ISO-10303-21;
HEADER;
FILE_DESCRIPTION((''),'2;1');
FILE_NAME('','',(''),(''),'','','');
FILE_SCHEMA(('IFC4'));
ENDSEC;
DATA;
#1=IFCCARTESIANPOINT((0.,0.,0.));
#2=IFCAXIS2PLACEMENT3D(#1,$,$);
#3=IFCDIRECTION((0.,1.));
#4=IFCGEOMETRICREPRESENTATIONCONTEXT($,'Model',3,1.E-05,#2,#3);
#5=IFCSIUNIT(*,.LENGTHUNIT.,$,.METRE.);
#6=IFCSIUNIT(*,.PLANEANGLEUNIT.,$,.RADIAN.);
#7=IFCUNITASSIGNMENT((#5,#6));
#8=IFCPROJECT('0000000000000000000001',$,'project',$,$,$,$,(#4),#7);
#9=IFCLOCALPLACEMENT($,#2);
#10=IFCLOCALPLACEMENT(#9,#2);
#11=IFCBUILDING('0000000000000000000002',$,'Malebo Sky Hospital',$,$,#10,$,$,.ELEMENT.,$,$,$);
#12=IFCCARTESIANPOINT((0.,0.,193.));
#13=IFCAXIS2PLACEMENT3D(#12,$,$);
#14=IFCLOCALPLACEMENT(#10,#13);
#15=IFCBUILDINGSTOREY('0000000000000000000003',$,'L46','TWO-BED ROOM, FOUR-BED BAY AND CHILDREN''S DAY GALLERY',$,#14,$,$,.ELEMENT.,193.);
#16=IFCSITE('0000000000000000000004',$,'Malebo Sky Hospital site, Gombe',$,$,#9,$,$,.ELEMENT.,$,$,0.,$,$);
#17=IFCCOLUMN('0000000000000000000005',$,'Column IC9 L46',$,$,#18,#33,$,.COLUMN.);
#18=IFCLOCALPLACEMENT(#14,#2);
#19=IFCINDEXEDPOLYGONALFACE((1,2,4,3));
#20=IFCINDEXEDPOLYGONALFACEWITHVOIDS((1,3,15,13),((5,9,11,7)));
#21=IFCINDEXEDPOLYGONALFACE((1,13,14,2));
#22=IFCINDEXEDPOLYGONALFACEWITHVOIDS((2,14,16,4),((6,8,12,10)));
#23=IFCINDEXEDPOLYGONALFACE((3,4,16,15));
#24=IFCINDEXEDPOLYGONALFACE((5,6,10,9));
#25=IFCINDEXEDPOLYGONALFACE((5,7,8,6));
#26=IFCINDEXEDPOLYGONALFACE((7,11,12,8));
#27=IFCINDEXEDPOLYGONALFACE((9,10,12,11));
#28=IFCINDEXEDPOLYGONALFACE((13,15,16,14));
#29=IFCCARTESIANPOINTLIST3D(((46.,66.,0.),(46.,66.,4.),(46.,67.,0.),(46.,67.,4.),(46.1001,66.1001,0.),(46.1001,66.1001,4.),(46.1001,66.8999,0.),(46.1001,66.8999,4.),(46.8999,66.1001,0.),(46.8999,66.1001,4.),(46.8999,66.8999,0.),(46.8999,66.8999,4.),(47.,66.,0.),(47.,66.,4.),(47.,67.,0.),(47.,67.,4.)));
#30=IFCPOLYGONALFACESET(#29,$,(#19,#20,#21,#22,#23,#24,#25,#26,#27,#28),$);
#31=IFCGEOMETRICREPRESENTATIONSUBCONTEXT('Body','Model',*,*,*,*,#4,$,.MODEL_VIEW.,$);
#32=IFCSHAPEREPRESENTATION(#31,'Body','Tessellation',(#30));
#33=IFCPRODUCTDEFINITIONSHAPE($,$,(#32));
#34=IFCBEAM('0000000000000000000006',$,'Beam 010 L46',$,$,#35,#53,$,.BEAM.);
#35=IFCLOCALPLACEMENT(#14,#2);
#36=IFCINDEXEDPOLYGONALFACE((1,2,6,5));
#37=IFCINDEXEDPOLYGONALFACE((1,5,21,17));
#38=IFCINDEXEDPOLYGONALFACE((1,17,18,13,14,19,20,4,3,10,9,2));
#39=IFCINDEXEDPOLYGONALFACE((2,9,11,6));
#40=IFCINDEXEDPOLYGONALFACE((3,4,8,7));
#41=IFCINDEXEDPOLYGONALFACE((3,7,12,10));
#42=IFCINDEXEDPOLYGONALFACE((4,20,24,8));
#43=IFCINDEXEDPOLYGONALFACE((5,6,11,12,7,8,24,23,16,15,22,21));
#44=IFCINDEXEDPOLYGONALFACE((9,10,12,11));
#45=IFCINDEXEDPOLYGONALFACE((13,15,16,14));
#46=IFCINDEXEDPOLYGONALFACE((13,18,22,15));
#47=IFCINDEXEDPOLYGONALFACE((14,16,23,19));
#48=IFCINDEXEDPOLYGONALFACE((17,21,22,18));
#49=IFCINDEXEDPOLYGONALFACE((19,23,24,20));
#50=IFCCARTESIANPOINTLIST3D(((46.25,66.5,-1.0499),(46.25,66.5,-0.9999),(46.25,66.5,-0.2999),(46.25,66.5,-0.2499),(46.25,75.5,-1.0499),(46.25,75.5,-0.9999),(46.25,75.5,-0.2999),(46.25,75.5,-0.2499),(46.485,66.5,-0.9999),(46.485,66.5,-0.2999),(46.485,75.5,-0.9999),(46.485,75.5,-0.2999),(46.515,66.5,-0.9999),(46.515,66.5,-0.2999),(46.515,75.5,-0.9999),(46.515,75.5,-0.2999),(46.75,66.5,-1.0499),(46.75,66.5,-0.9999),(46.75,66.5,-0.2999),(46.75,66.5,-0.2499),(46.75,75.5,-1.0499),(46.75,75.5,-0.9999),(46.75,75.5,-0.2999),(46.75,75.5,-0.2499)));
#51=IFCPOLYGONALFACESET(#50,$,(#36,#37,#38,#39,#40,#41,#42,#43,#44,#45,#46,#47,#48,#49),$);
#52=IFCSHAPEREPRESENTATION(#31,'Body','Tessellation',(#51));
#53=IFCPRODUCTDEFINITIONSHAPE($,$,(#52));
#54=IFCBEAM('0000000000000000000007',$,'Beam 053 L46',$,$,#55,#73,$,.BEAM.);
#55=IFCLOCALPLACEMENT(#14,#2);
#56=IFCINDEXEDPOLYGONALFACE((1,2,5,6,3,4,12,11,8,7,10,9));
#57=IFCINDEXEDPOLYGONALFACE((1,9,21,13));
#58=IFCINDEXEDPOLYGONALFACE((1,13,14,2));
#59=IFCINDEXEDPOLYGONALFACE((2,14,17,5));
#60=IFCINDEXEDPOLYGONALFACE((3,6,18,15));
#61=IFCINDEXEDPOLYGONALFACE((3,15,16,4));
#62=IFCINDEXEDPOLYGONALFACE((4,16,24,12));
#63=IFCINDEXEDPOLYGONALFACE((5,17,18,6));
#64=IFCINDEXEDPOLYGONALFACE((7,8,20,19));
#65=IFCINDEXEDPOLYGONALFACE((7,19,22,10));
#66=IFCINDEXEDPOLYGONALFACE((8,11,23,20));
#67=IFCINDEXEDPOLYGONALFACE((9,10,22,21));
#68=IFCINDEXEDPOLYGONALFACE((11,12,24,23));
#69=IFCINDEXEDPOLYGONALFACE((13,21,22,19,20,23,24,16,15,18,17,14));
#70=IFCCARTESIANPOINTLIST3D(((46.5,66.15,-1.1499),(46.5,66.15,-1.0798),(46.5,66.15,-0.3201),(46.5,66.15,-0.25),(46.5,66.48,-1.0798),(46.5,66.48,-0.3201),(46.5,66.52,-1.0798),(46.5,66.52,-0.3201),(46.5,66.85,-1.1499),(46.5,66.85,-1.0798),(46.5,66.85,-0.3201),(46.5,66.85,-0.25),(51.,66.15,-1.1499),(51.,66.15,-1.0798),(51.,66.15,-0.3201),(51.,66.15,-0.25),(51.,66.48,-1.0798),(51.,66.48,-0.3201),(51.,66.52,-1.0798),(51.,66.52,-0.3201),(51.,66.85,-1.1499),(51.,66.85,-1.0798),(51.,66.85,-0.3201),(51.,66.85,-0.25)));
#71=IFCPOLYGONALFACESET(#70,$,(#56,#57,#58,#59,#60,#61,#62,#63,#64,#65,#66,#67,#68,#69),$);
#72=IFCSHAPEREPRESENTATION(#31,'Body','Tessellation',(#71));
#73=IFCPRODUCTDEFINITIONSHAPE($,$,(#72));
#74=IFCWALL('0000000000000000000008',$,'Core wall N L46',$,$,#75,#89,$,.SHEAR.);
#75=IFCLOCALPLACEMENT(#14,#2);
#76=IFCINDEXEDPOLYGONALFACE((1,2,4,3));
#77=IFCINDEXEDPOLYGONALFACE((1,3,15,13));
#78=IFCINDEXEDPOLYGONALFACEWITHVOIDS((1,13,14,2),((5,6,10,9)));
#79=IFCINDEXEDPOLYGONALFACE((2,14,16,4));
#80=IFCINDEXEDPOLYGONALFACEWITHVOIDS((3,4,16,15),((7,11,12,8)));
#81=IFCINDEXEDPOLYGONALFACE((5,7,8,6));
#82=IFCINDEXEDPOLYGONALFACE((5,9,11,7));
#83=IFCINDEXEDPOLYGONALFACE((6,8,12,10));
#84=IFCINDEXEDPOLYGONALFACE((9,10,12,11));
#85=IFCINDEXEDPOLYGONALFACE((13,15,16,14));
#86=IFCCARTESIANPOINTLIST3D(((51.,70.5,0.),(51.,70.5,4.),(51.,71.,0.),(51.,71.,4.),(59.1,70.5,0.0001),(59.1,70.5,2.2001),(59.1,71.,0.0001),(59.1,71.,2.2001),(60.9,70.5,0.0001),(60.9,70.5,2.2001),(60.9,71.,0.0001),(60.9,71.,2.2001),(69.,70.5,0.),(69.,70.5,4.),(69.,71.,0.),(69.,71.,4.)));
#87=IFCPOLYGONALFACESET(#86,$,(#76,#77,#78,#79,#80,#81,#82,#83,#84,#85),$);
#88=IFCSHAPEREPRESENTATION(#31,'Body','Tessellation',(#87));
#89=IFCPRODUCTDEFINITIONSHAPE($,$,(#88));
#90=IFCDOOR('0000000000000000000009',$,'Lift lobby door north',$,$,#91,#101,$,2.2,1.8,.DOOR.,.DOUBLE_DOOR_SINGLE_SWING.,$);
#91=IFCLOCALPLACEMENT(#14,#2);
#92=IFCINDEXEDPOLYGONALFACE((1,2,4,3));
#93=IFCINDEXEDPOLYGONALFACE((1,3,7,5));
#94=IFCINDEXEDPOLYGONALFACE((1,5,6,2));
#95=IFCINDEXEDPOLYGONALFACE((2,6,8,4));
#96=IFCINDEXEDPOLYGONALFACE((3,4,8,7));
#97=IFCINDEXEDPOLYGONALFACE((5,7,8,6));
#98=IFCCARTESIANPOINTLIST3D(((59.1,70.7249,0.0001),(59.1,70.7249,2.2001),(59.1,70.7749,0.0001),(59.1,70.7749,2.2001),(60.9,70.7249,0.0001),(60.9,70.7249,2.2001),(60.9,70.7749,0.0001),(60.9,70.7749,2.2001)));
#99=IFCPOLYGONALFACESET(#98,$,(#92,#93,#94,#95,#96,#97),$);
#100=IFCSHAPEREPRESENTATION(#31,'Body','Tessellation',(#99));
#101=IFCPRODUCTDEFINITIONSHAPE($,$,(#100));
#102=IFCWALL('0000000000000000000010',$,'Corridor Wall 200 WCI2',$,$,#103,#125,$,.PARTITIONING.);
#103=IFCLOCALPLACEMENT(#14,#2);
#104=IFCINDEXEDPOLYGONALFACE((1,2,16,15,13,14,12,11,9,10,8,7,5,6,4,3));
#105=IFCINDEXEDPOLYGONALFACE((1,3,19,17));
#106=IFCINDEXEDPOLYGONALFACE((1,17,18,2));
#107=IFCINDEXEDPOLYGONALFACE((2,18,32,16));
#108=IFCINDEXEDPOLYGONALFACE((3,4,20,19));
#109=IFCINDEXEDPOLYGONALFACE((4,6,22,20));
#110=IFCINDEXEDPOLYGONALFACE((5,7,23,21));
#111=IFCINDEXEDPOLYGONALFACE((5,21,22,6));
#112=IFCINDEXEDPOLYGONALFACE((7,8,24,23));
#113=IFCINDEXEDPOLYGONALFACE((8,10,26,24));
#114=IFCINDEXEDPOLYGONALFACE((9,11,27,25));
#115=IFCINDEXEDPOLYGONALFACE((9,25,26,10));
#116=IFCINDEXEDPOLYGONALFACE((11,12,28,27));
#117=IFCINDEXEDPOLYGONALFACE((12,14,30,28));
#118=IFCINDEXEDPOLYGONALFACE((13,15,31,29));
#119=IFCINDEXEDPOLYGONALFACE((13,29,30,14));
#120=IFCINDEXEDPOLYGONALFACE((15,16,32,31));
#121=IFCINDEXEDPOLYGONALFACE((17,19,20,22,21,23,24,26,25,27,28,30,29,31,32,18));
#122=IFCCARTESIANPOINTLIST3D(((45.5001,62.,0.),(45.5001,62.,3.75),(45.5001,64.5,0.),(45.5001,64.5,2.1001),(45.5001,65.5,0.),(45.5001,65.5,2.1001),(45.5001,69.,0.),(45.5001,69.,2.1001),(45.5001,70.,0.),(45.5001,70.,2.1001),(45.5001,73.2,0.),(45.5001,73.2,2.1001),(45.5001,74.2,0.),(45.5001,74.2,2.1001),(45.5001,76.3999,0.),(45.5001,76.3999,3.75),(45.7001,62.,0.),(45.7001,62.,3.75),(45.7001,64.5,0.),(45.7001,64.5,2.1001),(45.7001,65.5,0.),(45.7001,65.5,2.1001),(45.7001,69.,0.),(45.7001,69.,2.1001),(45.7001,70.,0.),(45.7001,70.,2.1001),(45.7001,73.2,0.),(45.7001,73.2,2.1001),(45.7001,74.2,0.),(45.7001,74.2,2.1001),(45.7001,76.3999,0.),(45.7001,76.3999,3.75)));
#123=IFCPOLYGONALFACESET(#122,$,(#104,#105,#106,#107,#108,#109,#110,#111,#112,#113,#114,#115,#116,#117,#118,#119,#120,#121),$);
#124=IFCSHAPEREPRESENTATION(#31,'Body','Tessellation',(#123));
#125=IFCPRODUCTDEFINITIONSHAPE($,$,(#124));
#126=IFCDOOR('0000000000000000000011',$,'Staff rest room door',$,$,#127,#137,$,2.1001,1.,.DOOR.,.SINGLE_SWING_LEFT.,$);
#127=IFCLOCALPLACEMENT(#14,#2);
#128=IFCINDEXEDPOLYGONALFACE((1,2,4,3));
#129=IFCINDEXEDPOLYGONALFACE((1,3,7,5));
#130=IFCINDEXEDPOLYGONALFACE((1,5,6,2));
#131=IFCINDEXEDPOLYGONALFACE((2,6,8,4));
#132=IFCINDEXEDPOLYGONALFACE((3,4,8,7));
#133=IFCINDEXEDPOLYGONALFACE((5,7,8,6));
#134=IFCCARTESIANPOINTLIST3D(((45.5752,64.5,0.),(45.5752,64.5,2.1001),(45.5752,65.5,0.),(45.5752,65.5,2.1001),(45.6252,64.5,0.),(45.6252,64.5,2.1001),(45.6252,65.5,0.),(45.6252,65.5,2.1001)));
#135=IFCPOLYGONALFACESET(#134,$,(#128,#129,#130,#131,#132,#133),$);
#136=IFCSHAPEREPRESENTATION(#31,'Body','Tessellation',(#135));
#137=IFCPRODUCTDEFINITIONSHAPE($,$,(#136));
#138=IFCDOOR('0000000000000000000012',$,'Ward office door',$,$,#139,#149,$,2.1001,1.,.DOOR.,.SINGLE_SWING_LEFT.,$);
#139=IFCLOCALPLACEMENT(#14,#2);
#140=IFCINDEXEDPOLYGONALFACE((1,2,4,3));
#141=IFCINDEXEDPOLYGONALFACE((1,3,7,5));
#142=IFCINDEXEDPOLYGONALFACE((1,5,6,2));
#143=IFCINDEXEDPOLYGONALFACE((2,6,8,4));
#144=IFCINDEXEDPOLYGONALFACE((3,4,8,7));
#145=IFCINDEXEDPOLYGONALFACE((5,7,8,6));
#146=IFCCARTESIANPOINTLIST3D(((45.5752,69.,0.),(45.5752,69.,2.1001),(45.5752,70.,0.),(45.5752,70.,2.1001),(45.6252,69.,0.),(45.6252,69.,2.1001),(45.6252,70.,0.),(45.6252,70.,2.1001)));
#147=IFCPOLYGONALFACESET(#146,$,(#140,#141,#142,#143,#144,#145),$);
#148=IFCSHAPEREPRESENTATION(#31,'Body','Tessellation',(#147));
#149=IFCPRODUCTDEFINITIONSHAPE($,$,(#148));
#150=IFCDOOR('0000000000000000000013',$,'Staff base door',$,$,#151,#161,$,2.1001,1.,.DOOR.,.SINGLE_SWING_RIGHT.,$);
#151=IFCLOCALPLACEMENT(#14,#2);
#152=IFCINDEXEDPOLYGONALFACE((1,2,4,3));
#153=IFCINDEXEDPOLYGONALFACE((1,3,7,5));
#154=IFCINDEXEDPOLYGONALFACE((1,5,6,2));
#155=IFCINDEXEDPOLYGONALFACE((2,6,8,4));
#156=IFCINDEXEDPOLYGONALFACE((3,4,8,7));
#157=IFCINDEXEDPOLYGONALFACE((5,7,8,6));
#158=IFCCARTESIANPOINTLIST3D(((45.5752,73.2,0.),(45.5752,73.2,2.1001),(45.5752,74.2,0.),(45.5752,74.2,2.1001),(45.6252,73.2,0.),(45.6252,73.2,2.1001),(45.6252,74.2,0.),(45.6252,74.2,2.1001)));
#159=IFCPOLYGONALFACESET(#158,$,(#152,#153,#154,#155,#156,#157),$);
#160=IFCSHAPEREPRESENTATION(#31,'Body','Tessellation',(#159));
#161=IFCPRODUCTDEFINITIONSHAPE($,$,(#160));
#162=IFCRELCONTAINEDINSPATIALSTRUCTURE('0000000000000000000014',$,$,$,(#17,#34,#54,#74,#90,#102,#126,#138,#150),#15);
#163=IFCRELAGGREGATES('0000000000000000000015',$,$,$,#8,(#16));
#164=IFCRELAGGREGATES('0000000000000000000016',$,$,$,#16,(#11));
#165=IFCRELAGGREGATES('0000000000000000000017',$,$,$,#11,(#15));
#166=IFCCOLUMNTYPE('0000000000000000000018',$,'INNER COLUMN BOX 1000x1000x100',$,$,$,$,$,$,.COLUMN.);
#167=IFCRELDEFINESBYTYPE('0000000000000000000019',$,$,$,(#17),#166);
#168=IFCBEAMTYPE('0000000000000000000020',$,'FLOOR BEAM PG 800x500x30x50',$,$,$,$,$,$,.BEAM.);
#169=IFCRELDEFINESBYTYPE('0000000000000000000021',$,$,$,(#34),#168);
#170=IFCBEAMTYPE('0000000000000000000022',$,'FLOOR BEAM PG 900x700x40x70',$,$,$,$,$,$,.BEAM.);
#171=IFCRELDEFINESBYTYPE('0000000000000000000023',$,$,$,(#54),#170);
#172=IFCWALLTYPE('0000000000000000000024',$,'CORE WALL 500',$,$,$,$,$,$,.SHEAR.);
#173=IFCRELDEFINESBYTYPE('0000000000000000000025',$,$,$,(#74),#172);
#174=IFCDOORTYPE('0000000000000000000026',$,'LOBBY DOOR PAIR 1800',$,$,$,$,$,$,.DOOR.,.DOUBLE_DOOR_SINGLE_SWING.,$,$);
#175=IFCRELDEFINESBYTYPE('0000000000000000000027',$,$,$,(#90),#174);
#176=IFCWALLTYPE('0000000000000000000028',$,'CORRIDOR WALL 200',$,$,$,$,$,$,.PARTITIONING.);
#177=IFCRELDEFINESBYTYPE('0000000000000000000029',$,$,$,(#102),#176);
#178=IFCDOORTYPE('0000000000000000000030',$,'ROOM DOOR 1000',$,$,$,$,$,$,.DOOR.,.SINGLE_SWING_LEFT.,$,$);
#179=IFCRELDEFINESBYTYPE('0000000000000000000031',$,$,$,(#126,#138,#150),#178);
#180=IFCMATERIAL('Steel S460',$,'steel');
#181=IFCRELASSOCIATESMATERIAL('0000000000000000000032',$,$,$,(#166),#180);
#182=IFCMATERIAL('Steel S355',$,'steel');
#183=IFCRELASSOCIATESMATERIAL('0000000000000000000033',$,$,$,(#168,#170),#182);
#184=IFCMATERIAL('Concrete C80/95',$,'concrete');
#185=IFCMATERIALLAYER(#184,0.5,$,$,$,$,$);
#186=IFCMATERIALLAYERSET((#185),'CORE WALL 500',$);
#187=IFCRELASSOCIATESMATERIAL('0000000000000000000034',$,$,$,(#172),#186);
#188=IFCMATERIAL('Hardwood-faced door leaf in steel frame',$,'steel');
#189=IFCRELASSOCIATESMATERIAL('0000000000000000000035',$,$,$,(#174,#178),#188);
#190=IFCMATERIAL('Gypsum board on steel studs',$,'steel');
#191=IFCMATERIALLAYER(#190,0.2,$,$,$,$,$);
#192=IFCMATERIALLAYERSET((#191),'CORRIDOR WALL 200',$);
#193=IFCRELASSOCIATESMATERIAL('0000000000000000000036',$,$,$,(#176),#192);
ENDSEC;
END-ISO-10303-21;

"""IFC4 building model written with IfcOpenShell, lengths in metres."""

from ifc_helpers import new_model, si_unit, direction, frame, frame_2d, origin, origin_2d, place, context, subcontext, project, spatial, rectangle, hollow_rectangle, i_section, extrude, material, layer, layer_set, material_profile, profile_set, type_object, element, fill, save


model = new_model("IFC4")

# Units and contexts
model_context = context("Model", 3, precision=1e-05, world=origin(), true_north=direction((0.0, 1.0)))
body_context = subcontext(model_context, "Body", "Model", "MODEL_VIEW")
ifc_project = project(units=[si_unit("LENGTHUNIT", "METRE"), si_unit("PLANEANGLEUNIT", "RADIAN")], contexts=[model_context])

# Site, building, storey
site_placement = place(None, origin())
site = spatial("IfcSite", under=ifc_project, at=site_placement, Name="Malebo Sky Hospital site, Gombe", CompositionType="ELEMENT", RefElevation=0.0)
building_placement = place(site_placement, origin())
building = spatial("IfcBuilding", under=site, at=building_placement, Name="Malebo Sky Hospital", CompositionType="ELEMENT")
storey_placement = place(building_placement, frame((0.0, 0.0, 193.0)))
storey = spatial("IfcBuildingStorey", under=building, at=storey_placement, Name="L46", Description="TWO-BED ROOM, FOUR-BED BAY AND CHILDREN'S DAY GALLERY", CompositionType="ELEMENT", Elevation=193.0)

# Column
ifc_material_1 = material(Name="Steel S460", Category="steel")
ifc_material_profile_1 = material_profile(ifc_material_1, hollow_rectangle(XDim=1.0, YDim=1.0, WallThickness=0.1001, at=origin_2d()), Name="BOX 1000x1000x100")
ifc_profile_set_1 = profile_set([ifc_material_profile_1], Name="Steel S460")
column_type = type_object("IfcColumnType", Name="INNER COLUMN BOX 1000x1000x100", PredefinedType="COLUMN", material=ifc_profile_set_1)
column_placement = place(storey_placement, frame((46.5, 66.5, 0.0), z_axis=(0.0, 0.0, 1.0), x_axis=(1.0, 0.0, 0.0)))
element("IfcColumn", 1, at=column_placement, inside=storey, type_object=column_type, Name="Column IC9 L46", PredefinedType="COLUMN", context=body_context, shape_type="SweptSolid", body=[
    extrude(hollow_rectangle(XDim=1.0, YDim=1.0, WallThickness=0.1001, at=origin_2d()), origin(), (0.0, 0.0, 1.0), 4.0),
])

# Beams
ifc_material_2 = material(Name="Steel S355", Category="steel")
ifc_material_profile_2 = material_profile(ifc_material_2, i_section(OverallWidth=0.5, OverallDepth=0.8, WebThickness=0.03, FlangeThickness=0.05, at=origin_2d()), Name="PG 800x500x30x50")
ifc_profile_set_2 = profile_set([ifc_material_profile_2], Name="Steel S355")
beam_type_1 = type_object("IfcBeamType", Name="FLOOR BEAM PG 800x500x30x50", PredefinedType="BEAM", material=ifc_profile_set_2)
beam_1_placement = place(storey_placement, frame((46.5, 66.5, -0.6499), z_axis=(0.0, 1.0, 0.0), x_axis=(-1.0, 0.0, 0.0)))
element("IfcBeam", 2, at=beam_1_placement, inside=storey, type_object=beam_type_1, Name="Beam 010 L46", PredefinedType="BEAM", context=body_context, shape_type="SweptSolid", body=[
    extrude(i_section(OverallWidth=0.5, OverallDepth=0.8, WebThickness=0.03, FlangeThickness=0.05, at=origin_2d()), origin(), (0.0, 0.0, 1.0), 9.0),
])
ifc_material_profile_3 = material_profile(ifc_material_2, i_section(OverallWidth=0.7, OverallDepth=0.8999, WebThickness=0.04, FlangeThickness=0.0701, at=origin_2d()), Name="PG 900x700x40x70")
ifc_profile_set_3 = profile_set([ifc_material_profile_3], Name="Steel S355")
beam_type_2 = type_object("IfcBeamType", Name="FLOOR BEAM PG 900x700x40x70", PredefinedType="BEAM", material=ifc_profile_set_3)
beam_2_placement = place(storey_placement, frame((46.5, 66.5, -0.7), z_axis=(1.0, 0.0, 0.0), x_axis=(0.0, 1.0, 0.0)))
element("IfcBeam", 3, at=beam_2_placement, inside=storey, type_object=beam_type_2, Name="Beam 053 L46", PredefinedType="BEAM", context=body_context, shape_type="SweptSolid", body=[
    extrude(i_section(OverallWidth=0.7, OverallDepth=0.8999, WebThickness=0.04, FlangeThickness=0.0701, at=origin_2d()), origin(), (0.0, 0.0, 1.0), 4.5),
])

# Wall, opening, door
ifc_material_3 = material(Name="Concrete C80/95", Category="concrete")
ifc_layer_1 = layer(ifc_material_3, 0.5)
ifc_layer_set_1 = layer_set([ifc_layer_1], Name="CORE WALL 500")
wall_type_1 = type_object("IfcWallType", Name="CORE WALL 500", PredefinedType="SHEAR", material=ifc_layer_set_1)
wall_1_placement = place(storey_placement, frame((51.0, 70.75, 0.0), z_axis=(0.0, 0.0, 1.0), x_axis=(1.0, 0.0, 0.0)))
wall_1 = element("IfcWall", 4, at=wall_1_placement, inside=storey, type_object=wall_type_1, Name="Core wall N L46", PredefinedType="SHEAR", context=body_context, shape_type="SweptSolid", body=[
    extrude(rectangle(XDim=18.0, YDim=0.5, at=frame_2d((9.0, 0.0))), origin(), (0.0, 0.0, 1.0), 4.0),
])
opening_1_placement = place(wall_1_placement, frame((8.1001, 0.0, 0.0)))
opening_1 = element("IfcOpeningElement", 5, at=opening_1_placement, cuts=wall_1, PredefinedType="OPENING", context=body_context, shape_type="SweptSolid", body=[
    extrude(rectangle(XDim=1.8, YDim=2.2, at=frame_2d((0.8999, 1.1001))), frame((0.0, 0.26, 0.0), z_axis=(0.0, -1.0, 0.0), x_axis=(1.0, 0.0, 0.0)), (0.0, 0.0, 1.0), 0.52),
])
ifc_material_4 = material(Name="Hardwood-faced door leaf in steel frame", Category="steel")
door_type_1 = type_object("IfcDoorType", Name="LOBBY DOOR PAIR 1800", OperationType="DOUBLE_DOOR_SINGLE_SWING", PredefinedType="DOOR", material=ifc_material_4)
door_1_placement = place(opening_1_placement, origin())
door_1 = element("IfcDoor", 6, at=door_1_placement, inside=storey, type_object=door_type_1, Name="Lift lobby door north", OperationType="DOUBLE_DOOR_SINGLE_SWING", OverallHeight=2.2, OverallWidth=1.8, PredefinedType="DOOR", context=body_context, shape_type="SweptSolid", body=[
    extrude(rectangle(XDim=1.8, YDim=2.2, at=frame_2d((0.8999, 1.1001))), frame((0.0, 0.0249, 0.0), z_axis=(0.0, -1.0, 0.0), x_axis=(1.0, 0.0, 0.0)), (0.0, 0.0, 1.0), 0.05),
])
fill(opening_1, door_1)

# Wall, openings, doors
ifc_material_5 = material(Name="Gypsum board on steel studs", Category="steel")
ifc_layer_2 = layer(ifc_material_5, 0.2)
ifc_layer_set_2 = layer_set([ifc_layer_2], Name="CORRIDOR WALL 200")
wall_type_2 = type_object("IfcWallType", Name="CORRIDOR WALL 200", PredefinedType="PARTITIONING", material=ifc_layer_set_2)
wall_2_placement = place(storey_placement, frame((45.6001, 62.0, 0.0), z_axis=(0.0, 0.0, 1.0), x_axis=(0.0, 1.0, 0.0)))
wall_2 = element("IfcWall", 7, at=wall_2_placement, inside=storey, type_object=wall_type_2, Name="Corridor Wall 200 WCI2", PredefinedType="PARTITIONING", context=body_context, shape_type="SweptSolid", body=[
    extrude(rectangle(XDim=14.3999, YDim=0.2, at=frame_2d((7.2, 0.0))), origin(), (0.0, 0.0, 1.0), 3.75),
])
opening_2_placement = place(wall_2_placement, frame((2.5, 0.0, 0.0)))
opening_2 = element("IfcOpeningElement", 8, at=opening_2_placement, cuts=wall_2, PredefinedType="OPENING", context=body_context, shape_type="SweptSolid", body=[
    extrude(rectangle(XDim=1.0, YDim=2.1001, at=frame_2d((0.5, 1.05))), frame((0.0, 0.1099, 0.0), z_axis=(0.0, -1.0, 0.0), x_axis=(1.0, 0.0, 0.0)), (0.0, 0.0, 1.0), 0.22),
])
opening_3_placement = place(wall_2_placement, frame((7.0, 0.0, 0.0)))
opening_3 = element("IfcOpeningElement", 9, at=opening_3_placement, cuts=wall_2, PredefinedType="OPENING", context=body_context, shape_type="SweptSolid", body=[
    extrude(rectangle(XDim=1.0, YDim=2.1001, at=frame_2d((0.5, 1.05))), frame((0.0, 0.1099, 0.0), z_axis=(0.0, -1.0, 0.0), x_axis=(1.0, 0.0, 0.0)), (0.0, 0.0, 1.0), 0.22),
])
opening_4_placement = place(wall_2_placement, frame((11.2, 0.0, 0.0)))
opening_4 = element("IfcOpeningElement", 10, at=opening_4_placement, cuts=wall_2, PredefinedType="OPENING", context=body_context, shape_type="SweptSolid", body=[
    extrude(rectangle(XDim=1.0, YDim=2.1001, at=frame_2d((0.5, 1.05))), frame((0.0, 0.1099, 0.0), z_axis=(0.0, -1.0, 0.0), x_axis=(1.0, 0.0, 0.0)), (0.0, 0.0, 1.0), 0.22),
])
door_type_2 = type_object("IfcDoorType", Name="ROOM DOOR 1000", OperationType="SINGLE_SWING_LEFT", PredefinedType="DOOR", material=ifc_material_4)
door_2_placement = place(opening_2_placement, origin())
door_2 = element("IfcDoor", 11, at=door_2_placement, inside=storey, type_object=door_type_2, Name="Staff rest room door", OperationType="SINGLE_SWING_LEFT", OverallHeight=2.1001, OverallWidth=1.0, PredefinedType="DOOR", context=body_context, shape_type="SweptSolid", body=[
    extrude(rectangle(XDim=1.0, YDim=2.1001, at=frame_2d((0.5, 1.05))), frame((0.0, 0.0249, 0.0), z_axis=(0.0, -1.0, 0.0), x_axis=(1.0, 0.0, 0.0)), (0.0, 0.0, 1.0), 0.05),
])
fill(opening_2, door_2)
door_3_placement = place(opening_3_placement, origin())
door_3 = element("IfcDoor", 12, at=door_3_placement, inside=storey, type_object=door_type_2, Name="Ward office door", OperationType="SINGLE_SWING_LEFT", OverallHeight=2.1001, OverallWidth=1.0, PredefinedType="DOOR", context=body_context, shape_type="SweptSolid", body=[
    extrude(rectangle(XDim=1.0, YDim=2.1001, at=frame_2d((0.5, 1.05))), frame((0.0, 0.0249, 0.0), z_axis=(0.0, -1.0, 0.0), x_axis=(1.0, 0.0, 0.0)), (0.0, 0.0, 1.0), 0.05),
])
fill(opening_3, door_3)
door_4_placement = place(opening_4_placement, origin())
door_4 = element("IfcDoor", 13, at=door_4_placement, inside=storey, type_object=door_type_2, Name="Staff base door", OperationType="SINGLE_SWING_RIGHT", OverallHeight=2.1001, OverallWidth=1.0, PredefinedType="DOOR", context=body_context, shape_type="SweptSolid", body=[
    extrude(rectangle(XDim=1.0, YDim=2.1001, at=frame_2d((0.5, 1.05))), frame((0.0, 0.0249, 0.0), z_axis=(0.0, -1.0, 0.0), x_axis=(1.0, 0.0, 0.0)), (0.0, 0.0, 1.0), 0.05),
])
fill(opening_4, door_4)

save(model, "model.ifc")
